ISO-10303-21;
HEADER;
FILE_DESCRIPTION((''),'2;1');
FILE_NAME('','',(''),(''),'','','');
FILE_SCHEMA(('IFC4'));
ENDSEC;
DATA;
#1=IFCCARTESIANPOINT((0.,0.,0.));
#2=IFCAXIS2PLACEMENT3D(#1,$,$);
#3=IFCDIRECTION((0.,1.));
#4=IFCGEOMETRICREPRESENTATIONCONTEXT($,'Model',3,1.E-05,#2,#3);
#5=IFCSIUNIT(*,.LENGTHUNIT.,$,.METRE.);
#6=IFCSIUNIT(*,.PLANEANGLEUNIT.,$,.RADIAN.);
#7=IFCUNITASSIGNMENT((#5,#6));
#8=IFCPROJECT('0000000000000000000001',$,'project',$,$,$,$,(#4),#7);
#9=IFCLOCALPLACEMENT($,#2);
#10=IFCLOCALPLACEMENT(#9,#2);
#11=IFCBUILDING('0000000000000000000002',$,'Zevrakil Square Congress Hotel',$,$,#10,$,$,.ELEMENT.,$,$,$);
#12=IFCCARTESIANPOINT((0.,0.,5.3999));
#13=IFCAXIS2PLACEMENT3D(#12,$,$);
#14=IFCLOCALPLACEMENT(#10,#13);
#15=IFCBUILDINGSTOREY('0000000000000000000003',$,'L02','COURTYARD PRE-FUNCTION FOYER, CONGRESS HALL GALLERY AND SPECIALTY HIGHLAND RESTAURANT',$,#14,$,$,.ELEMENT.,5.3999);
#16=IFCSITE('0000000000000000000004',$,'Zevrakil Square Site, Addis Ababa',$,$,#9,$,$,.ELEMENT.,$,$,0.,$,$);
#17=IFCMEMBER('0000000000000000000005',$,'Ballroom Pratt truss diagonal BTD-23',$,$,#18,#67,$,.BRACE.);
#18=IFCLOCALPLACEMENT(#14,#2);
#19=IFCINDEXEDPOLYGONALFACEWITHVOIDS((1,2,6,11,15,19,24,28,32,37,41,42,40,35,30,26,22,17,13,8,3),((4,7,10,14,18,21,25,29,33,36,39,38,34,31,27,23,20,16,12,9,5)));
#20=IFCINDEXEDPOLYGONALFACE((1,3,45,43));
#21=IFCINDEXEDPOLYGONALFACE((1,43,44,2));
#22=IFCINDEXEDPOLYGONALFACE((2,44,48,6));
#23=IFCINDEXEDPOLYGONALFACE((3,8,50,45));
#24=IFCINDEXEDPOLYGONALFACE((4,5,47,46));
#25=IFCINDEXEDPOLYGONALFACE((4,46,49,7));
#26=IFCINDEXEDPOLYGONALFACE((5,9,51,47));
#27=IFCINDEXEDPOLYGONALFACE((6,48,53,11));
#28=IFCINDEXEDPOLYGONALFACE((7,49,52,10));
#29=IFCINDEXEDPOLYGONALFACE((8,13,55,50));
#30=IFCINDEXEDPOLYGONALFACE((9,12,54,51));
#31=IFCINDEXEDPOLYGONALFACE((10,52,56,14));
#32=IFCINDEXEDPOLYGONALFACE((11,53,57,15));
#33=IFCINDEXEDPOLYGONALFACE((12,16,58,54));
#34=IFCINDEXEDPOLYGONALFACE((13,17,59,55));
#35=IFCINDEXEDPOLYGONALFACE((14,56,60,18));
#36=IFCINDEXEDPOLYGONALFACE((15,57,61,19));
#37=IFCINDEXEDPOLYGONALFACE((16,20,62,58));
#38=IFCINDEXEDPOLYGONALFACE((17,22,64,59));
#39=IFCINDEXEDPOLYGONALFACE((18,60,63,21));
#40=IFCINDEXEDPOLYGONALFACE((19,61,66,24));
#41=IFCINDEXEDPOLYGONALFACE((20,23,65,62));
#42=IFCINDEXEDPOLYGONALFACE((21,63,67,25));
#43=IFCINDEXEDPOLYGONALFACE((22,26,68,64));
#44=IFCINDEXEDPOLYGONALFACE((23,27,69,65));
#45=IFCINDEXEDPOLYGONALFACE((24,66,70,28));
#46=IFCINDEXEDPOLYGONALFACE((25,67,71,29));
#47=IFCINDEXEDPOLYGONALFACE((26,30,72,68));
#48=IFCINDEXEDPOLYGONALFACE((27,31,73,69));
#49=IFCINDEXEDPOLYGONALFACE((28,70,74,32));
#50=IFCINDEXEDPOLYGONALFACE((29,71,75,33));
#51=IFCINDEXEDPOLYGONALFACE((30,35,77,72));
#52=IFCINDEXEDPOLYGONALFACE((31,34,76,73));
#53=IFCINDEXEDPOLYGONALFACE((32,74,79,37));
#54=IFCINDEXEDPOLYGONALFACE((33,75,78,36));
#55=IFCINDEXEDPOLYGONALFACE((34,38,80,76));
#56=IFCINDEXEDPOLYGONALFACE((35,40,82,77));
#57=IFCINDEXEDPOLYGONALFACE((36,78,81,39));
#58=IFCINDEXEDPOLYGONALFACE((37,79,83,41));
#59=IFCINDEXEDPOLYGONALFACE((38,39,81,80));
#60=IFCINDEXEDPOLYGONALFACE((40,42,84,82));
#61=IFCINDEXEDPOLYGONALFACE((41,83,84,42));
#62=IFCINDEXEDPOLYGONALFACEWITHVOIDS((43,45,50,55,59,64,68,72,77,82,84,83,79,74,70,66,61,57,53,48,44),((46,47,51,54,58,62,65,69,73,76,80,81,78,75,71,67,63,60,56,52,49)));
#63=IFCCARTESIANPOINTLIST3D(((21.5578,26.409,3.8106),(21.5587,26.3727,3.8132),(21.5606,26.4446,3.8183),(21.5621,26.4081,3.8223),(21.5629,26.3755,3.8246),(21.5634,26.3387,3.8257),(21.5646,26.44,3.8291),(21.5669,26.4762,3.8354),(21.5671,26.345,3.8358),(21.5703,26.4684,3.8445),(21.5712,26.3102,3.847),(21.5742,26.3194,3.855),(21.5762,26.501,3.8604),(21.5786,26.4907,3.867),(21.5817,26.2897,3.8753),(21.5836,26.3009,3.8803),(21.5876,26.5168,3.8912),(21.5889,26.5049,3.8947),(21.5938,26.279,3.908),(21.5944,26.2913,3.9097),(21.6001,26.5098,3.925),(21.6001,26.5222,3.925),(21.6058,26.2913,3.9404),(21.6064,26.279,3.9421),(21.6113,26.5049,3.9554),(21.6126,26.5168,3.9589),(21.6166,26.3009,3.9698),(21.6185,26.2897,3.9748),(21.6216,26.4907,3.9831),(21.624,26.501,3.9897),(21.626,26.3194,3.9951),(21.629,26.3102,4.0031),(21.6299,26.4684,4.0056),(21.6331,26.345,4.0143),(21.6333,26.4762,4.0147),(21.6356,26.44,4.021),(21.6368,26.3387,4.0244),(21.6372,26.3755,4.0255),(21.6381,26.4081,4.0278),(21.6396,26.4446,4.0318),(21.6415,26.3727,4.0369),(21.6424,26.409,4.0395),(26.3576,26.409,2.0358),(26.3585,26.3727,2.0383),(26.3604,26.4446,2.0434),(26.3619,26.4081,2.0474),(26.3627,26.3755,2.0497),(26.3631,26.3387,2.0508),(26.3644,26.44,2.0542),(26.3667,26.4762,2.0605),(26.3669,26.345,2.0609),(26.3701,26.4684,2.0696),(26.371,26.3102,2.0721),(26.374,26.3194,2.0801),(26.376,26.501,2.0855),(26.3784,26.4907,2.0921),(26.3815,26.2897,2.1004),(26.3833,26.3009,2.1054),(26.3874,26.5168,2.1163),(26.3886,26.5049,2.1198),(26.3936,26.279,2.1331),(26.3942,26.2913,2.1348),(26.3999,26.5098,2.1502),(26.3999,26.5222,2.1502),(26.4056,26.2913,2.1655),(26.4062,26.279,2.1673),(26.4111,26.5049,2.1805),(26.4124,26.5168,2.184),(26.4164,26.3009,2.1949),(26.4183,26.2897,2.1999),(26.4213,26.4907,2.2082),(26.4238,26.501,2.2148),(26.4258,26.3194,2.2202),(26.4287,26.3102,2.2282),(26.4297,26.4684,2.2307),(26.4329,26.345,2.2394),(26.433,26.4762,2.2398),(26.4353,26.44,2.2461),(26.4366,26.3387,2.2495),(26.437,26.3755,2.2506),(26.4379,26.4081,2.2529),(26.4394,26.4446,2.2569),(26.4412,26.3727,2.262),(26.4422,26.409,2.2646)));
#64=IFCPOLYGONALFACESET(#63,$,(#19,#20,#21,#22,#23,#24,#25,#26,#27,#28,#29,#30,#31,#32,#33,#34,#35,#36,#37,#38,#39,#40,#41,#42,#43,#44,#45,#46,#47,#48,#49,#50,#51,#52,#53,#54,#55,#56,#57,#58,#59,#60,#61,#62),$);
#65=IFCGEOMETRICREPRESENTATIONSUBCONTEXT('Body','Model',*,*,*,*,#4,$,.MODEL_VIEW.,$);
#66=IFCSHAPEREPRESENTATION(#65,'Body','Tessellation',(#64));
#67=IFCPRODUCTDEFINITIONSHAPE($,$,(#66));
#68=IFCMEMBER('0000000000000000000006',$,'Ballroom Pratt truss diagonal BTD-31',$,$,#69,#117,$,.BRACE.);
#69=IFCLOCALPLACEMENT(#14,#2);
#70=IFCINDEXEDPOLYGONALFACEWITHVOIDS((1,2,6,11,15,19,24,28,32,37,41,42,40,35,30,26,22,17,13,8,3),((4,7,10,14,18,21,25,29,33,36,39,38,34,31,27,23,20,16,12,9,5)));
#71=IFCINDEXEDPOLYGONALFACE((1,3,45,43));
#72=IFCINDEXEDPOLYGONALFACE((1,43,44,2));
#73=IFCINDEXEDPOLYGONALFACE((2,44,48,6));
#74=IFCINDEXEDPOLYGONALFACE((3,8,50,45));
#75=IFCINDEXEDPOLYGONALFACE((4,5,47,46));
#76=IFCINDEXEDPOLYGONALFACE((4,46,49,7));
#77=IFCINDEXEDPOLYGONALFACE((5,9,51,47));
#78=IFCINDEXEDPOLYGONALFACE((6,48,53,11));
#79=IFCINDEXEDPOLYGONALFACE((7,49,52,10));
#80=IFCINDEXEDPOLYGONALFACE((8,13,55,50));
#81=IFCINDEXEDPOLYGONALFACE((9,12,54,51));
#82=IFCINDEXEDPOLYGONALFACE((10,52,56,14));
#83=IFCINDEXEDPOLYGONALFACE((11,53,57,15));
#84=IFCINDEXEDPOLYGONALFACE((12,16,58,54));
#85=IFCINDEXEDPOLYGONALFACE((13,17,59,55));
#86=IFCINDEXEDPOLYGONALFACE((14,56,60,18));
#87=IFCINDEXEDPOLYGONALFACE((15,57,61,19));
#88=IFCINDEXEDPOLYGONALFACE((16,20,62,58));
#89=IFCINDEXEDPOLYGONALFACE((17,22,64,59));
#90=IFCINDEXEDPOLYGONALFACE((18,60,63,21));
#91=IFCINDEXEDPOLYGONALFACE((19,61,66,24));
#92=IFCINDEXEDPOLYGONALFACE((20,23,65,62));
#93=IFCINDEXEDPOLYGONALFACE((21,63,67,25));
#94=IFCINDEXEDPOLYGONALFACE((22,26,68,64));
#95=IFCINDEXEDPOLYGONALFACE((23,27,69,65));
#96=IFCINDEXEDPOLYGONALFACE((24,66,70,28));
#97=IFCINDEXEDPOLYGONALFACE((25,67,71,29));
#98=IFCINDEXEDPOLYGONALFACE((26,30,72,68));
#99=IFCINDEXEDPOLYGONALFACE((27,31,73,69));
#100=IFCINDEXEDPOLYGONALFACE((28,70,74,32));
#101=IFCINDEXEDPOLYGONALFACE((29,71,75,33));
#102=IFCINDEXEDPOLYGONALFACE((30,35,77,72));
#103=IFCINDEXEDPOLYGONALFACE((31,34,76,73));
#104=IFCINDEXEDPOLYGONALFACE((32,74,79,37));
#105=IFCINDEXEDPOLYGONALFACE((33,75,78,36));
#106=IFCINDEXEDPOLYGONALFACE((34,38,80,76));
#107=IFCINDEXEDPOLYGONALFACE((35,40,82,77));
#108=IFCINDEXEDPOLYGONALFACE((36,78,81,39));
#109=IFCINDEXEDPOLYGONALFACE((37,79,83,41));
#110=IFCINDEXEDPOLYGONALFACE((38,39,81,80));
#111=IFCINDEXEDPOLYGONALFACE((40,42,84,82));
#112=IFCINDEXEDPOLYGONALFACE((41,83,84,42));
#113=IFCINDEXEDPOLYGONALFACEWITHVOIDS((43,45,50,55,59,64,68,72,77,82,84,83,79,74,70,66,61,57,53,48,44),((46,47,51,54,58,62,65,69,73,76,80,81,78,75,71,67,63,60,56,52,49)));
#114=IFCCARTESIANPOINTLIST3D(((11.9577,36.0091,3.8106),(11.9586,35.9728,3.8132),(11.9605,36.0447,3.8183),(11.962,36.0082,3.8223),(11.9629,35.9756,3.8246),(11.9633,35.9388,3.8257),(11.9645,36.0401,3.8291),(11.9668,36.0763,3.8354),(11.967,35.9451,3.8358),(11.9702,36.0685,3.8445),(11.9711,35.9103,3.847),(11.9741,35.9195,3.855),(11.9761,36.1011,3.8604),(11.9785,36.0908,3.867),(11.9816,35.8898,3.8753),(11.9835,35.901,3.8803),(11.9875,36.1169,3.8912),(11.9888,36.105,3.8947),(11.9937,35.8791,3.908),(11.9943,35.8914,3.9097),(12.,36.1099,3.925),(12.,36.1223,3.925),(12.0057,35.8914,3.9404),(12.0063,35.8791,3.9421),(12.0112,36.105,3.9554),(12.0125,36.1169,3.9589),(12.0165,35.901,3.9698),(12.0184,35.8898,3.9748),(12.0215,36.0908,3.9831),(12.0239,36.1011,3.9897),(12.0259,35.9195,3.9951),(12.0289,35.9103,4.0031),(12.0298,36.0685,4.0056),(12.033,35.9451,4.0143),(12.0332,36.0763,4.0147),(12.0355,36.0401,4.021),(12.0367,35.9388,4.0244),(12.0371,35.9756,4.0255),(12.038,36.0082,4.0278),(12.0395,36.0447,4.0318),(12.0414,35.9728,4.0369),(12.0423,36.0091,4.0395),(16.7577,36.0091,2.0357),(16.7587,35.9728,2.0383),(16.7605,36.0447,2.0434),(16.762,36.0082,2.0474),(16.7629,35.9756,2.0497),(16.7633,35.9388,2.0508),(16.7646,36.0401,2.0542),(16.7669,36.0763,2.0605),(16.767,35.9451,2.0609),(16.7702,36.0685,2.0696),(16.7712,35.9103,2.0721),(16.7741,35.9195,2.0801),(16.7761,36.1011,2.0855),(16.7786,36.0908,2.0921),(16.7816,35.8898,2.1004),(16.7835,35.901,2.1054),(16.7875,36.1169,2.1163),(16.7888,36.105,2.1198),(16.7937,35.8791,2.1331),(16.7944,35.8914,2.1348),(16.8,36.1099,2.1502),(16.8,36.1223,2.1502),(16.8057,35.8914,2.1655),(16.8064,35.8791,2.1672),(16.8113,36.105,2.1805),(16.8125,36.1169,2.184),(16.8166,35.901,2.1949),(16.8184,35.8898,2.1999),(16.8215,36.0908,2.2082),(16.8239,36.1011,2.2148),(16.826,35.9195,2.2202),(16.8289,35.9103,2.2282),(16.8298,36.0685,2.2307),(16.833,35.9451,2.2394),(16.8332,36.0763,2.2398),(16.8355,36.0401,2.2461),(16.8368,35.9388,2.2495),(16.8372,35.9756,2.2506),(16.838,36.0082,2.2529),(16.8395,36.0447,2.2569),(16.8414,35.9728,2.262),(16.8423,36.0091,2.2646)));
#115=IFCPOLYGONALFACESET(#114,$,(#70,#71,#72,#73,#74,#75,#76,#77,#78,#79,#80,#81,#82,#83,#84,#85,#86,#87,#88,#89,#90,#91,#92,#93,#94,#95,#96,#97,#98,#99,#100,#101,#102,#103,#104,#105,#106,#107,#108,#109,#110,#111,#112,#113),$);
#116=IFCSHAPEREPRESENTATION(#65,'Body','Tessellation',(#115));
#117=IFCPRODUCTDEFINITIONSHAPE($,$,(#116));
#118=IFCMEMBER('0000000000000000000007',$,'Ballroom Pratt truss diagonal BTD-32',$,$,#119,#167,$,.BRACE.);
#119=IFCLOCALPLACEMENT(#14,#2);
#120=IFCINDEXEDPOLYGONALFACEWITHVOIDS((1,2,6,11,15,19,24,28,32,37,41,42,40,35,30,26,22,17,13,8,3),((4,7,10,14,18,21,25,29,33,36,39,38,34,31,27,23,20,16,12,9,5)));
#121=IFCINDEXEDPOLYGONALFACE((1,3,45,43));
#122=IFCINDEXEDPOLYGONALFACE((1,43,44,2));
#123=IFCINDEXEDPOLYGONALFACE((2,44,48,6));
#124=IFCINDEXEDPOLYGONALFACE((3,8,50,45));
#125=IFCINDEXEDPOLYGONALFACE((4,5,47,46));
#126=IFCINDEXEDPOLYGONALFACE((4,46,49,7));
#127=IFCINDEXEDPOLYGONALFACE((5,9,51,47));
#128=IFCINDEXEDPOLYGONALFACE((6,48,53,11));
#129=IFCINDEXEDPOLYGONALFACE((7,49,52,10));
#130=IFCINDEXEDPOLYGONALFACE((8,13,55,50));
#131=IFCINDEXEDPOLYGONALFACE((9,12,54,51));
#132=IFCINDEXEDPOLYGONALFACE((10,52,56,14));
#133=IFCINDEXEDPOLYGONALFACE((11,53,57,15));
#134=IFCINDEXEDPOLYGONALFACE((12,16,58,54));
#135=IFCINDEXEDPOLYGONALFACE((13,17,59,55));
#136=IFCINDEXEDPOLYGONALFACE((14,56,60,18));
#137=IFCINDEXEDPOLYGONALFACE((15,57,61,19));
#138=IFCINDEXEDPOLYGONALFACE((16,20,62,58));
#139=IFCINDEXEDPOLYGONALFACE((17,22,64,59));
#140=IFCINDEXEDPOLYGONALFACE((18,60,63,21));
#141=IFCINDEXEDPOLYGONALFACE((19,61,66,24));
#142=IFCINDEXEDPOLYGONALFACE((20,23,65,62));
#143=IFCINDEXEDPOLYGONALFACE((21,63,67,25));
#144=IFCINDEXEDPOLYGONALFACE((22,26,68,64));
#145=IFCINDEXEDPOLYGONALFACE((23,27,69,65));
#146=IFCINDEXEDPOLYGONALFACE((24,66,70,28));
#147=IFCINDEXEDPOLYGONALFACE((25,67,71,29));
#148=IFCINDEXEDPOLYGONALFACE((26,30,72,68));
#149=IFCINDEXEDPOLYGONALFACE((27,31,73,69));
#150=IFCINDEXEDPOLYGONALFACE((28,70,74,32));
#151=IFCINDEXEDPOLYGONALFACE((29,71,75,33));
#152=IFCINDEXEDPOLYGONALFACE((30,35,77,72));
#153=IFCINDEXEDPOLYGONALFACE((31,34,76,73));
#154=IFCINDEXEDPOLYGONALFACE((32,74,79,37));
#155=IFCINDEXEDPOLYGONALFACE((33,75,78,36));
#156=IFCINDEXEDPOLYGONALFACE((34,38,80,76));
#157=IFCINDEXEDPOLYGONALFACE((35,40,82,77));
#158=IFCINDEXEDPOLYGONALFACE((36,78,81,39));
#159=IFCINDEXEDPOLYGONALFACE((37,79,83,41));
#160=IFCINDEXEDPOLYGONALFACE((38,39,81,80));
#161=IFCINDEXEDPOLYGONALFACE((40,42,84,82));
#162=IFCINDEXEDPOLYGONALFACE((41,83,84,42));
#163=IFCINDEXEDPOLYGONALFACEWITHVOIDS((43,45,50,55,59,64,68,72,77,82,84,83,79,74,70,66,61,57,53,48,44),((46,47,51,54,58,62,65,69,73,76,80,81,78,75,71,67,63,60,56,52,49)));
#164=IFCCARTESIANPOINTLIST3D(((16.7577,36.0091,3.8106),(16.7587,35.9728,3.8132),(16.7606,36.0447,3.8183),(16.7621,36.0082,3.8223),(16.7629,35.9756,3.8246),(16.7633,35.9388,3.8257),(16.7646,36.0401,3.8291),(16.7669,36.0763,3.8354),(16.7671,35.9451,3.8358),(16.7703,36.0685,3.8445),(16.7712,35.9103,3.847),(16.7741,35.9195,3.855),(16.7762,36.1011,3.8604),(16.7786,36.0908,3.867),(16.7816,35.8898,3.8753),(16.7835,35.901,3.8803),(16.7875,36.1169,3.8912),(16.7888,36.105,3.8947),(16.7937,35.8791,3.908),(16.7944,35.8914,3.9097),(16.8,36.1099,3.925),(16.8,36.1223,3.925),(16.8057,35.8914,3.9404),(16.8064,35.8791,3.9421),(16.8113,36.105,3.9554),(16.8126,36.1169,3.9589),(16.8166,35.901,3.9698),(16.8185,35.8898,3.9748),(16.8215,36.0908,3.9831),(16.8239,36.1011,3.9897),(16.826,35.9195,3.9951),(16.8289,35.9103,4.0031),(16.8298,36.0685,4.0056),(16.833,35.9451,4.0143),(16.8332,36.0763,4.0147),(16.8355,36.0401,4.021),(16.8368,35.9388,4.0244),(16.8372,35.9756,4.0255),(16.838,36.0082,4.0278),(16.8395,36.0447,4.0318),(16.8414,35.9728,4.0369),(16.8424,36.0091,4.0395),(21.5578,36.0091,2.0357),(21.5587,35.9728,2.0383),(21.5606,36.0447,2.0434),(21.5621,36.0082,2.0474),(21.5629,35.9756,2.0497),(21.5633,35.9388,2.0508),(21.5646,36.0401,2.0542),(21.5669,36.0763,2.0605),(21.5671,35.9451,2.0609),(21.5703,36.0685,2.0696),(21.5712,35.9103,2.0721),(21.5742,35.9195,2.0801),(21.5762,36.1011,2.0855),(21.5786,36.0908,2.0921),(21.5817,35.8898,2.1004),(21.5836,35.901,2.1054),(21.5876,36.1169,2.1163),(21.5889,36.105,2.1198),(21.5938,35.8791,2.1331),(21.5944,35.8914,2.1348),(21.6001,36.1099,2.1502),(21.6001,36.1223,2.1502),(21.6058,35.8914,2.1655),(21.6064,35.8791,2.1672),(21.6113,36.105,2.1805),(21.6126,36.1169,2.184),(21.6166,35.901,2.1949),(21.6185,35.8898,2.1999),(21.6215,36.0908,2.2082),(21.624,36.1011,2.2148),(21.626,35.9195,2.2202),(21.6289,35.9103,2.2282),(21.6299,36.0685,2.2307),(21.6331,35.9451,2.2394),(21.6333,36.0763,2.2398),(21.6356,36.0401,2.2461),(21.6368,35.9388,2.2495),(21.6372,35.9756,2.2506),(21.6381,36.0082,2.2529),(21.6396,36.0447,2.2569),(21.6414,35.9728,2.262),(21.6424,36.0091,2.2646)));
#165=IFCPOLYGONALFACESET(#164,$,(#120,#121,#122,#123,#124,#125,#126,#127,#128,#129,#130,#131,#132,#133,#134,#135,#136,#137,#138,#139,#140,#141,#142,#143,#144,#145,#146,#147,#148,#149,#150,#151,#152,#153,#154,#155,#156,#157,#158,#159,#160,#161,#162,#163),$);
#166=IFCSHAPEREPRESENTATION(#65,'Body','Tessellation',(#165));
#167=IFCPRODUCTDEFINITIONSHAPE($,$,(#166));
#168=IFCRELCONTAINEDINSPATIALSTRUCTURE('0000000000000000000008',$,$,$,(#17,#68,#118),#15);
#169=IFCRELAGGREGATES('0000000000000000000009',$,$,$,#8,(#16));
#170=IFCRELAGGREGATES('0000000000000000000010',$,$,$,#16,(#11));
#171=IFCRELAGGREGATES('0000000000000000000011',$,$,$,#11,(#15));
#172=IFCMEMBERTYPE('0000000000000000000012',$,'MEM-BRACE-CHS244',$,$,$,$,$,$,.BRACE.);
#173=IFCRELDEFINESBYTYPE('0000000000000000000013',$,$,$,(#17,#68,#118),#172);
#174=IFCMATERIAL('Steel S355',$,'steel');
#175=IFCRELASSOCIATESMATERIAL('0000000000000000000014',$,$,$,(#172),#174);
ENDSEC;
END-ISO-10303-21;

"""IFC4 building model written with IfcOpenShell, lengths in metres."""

from ifc_helpers import new_model, si_unit, direction, frame, origin, origin_2d, place, context, subcontext, project, spatial, hollow_circle, extrude, material, material_profile, profile_set, type_object, element, save


model = new_model("IFC4")

# Units and contexts
model_context = context("Model", 3, precision=1e-05, world=origin(), true_north=direction((0.0, 1.0)))
body_context = subcontext(model_context, "Body", "Model", "MODEL_VIEW")
ifc_project = project(units=[si_unit("LENGTHUNIT", "METRE"), si_unit("PLANEANGLEUNIT", "RADIAN")], contexts=[model_context])

# Site, building, storey
site_placement = place(None, origin())
site = spatial("IfcSite", under=ifc_project, at=site_placement, Name="Zevrakil Square Site, Addis Ababa", CompositionType="ELEMENT", RefElevation=0.0)
building_placement = place(site_placement, origin())
building = spatial("IfcBuilding", under=site, at=building_placement, Name="Zevrakil Square Congress Hotel", CompositionType="ELEMENT")
storey_placement = place(building_placement, frame((0.0, 0.0, 5.3999)))
storey = spatial("IfcBuildingStorey", under=building, at=storey_placement, Name="L02", Description="COURTYARD PRE-FUNCTION FOYER, CONGRESS HALL GALLERY AND SPECIALTY HIGHLAND RESTAURANT", CompositionType="ELEMENT", Elevation=5.3999)

# Members
ifc_material_1 = material(Name="Steel S355", Category="steel")
ifc_material_profile_1 = material_profile(ifc_material_1, hollow_circle(Radius=0.1223, WallThickness=0.0125, at=origin_2d()), Name="CHS 244.5x12.5")
ifc_profile_set_1 = profile_set([ifc_material_profile_1], Name="Steel S355")
member_type_1 = type_object("IfcMemberType", Name="MEM-BRACE-CHS244", PredefinedType="BRACE", material=ifc_profile_set_1)
member_1_placement = place(storey_placement, frame((21.6001, 26.3999, 3.925), z_axis=(0.937927, 0.0, -0.346833), x_axis=(0.0, 1.0, 0.0)))
element("IfcMember", 1, at=member_1_placement, inside=storey, type_object=member_type_1, Name="Ballroom Pratt truss diagonal BTD-23", PredefinedType="BRACE", context=body_context, shape_type="SweptSolid", body=[
    extrude(hollow_circle(Radius=0.1223, WallThickness=0.0125, at=origin_2d()), origin(), (0.0, 0.0, 1.0), 5.1174),
])
for number, where, z_axis, x_axis, name in (
    (2, (12.0, 36.0, 3.925), (0.937933, 0.0, -0.346817), (0.0, 1.0, 0.0), "Ballroom Pratt truss diagonal BTD-31"),
    (3, (16.8, 36.0, 3.925), (0.937933, 0.0, -0.346817), (0.0, 1.0, 0.0), "Ballroom Pratt truss diagonal BTD-32"),
):
    element("IfcMember", number, at=place(storey_placement, frame(where, z_axis=z_axis, x_axis=x_axis)), inside=storey, type_object=member_type_1, Name=name, PredefinedType="BRACE", context=body_context, shape_type="SweptSolid", body=[
        extrude(hollow_circle(Radius=0.1223, WallThickness=0.0125, at=origin_2d()), origin(), (0.0, 0.0, 1.0), 5.1177),
    ])

save(model, "model.ifc")
